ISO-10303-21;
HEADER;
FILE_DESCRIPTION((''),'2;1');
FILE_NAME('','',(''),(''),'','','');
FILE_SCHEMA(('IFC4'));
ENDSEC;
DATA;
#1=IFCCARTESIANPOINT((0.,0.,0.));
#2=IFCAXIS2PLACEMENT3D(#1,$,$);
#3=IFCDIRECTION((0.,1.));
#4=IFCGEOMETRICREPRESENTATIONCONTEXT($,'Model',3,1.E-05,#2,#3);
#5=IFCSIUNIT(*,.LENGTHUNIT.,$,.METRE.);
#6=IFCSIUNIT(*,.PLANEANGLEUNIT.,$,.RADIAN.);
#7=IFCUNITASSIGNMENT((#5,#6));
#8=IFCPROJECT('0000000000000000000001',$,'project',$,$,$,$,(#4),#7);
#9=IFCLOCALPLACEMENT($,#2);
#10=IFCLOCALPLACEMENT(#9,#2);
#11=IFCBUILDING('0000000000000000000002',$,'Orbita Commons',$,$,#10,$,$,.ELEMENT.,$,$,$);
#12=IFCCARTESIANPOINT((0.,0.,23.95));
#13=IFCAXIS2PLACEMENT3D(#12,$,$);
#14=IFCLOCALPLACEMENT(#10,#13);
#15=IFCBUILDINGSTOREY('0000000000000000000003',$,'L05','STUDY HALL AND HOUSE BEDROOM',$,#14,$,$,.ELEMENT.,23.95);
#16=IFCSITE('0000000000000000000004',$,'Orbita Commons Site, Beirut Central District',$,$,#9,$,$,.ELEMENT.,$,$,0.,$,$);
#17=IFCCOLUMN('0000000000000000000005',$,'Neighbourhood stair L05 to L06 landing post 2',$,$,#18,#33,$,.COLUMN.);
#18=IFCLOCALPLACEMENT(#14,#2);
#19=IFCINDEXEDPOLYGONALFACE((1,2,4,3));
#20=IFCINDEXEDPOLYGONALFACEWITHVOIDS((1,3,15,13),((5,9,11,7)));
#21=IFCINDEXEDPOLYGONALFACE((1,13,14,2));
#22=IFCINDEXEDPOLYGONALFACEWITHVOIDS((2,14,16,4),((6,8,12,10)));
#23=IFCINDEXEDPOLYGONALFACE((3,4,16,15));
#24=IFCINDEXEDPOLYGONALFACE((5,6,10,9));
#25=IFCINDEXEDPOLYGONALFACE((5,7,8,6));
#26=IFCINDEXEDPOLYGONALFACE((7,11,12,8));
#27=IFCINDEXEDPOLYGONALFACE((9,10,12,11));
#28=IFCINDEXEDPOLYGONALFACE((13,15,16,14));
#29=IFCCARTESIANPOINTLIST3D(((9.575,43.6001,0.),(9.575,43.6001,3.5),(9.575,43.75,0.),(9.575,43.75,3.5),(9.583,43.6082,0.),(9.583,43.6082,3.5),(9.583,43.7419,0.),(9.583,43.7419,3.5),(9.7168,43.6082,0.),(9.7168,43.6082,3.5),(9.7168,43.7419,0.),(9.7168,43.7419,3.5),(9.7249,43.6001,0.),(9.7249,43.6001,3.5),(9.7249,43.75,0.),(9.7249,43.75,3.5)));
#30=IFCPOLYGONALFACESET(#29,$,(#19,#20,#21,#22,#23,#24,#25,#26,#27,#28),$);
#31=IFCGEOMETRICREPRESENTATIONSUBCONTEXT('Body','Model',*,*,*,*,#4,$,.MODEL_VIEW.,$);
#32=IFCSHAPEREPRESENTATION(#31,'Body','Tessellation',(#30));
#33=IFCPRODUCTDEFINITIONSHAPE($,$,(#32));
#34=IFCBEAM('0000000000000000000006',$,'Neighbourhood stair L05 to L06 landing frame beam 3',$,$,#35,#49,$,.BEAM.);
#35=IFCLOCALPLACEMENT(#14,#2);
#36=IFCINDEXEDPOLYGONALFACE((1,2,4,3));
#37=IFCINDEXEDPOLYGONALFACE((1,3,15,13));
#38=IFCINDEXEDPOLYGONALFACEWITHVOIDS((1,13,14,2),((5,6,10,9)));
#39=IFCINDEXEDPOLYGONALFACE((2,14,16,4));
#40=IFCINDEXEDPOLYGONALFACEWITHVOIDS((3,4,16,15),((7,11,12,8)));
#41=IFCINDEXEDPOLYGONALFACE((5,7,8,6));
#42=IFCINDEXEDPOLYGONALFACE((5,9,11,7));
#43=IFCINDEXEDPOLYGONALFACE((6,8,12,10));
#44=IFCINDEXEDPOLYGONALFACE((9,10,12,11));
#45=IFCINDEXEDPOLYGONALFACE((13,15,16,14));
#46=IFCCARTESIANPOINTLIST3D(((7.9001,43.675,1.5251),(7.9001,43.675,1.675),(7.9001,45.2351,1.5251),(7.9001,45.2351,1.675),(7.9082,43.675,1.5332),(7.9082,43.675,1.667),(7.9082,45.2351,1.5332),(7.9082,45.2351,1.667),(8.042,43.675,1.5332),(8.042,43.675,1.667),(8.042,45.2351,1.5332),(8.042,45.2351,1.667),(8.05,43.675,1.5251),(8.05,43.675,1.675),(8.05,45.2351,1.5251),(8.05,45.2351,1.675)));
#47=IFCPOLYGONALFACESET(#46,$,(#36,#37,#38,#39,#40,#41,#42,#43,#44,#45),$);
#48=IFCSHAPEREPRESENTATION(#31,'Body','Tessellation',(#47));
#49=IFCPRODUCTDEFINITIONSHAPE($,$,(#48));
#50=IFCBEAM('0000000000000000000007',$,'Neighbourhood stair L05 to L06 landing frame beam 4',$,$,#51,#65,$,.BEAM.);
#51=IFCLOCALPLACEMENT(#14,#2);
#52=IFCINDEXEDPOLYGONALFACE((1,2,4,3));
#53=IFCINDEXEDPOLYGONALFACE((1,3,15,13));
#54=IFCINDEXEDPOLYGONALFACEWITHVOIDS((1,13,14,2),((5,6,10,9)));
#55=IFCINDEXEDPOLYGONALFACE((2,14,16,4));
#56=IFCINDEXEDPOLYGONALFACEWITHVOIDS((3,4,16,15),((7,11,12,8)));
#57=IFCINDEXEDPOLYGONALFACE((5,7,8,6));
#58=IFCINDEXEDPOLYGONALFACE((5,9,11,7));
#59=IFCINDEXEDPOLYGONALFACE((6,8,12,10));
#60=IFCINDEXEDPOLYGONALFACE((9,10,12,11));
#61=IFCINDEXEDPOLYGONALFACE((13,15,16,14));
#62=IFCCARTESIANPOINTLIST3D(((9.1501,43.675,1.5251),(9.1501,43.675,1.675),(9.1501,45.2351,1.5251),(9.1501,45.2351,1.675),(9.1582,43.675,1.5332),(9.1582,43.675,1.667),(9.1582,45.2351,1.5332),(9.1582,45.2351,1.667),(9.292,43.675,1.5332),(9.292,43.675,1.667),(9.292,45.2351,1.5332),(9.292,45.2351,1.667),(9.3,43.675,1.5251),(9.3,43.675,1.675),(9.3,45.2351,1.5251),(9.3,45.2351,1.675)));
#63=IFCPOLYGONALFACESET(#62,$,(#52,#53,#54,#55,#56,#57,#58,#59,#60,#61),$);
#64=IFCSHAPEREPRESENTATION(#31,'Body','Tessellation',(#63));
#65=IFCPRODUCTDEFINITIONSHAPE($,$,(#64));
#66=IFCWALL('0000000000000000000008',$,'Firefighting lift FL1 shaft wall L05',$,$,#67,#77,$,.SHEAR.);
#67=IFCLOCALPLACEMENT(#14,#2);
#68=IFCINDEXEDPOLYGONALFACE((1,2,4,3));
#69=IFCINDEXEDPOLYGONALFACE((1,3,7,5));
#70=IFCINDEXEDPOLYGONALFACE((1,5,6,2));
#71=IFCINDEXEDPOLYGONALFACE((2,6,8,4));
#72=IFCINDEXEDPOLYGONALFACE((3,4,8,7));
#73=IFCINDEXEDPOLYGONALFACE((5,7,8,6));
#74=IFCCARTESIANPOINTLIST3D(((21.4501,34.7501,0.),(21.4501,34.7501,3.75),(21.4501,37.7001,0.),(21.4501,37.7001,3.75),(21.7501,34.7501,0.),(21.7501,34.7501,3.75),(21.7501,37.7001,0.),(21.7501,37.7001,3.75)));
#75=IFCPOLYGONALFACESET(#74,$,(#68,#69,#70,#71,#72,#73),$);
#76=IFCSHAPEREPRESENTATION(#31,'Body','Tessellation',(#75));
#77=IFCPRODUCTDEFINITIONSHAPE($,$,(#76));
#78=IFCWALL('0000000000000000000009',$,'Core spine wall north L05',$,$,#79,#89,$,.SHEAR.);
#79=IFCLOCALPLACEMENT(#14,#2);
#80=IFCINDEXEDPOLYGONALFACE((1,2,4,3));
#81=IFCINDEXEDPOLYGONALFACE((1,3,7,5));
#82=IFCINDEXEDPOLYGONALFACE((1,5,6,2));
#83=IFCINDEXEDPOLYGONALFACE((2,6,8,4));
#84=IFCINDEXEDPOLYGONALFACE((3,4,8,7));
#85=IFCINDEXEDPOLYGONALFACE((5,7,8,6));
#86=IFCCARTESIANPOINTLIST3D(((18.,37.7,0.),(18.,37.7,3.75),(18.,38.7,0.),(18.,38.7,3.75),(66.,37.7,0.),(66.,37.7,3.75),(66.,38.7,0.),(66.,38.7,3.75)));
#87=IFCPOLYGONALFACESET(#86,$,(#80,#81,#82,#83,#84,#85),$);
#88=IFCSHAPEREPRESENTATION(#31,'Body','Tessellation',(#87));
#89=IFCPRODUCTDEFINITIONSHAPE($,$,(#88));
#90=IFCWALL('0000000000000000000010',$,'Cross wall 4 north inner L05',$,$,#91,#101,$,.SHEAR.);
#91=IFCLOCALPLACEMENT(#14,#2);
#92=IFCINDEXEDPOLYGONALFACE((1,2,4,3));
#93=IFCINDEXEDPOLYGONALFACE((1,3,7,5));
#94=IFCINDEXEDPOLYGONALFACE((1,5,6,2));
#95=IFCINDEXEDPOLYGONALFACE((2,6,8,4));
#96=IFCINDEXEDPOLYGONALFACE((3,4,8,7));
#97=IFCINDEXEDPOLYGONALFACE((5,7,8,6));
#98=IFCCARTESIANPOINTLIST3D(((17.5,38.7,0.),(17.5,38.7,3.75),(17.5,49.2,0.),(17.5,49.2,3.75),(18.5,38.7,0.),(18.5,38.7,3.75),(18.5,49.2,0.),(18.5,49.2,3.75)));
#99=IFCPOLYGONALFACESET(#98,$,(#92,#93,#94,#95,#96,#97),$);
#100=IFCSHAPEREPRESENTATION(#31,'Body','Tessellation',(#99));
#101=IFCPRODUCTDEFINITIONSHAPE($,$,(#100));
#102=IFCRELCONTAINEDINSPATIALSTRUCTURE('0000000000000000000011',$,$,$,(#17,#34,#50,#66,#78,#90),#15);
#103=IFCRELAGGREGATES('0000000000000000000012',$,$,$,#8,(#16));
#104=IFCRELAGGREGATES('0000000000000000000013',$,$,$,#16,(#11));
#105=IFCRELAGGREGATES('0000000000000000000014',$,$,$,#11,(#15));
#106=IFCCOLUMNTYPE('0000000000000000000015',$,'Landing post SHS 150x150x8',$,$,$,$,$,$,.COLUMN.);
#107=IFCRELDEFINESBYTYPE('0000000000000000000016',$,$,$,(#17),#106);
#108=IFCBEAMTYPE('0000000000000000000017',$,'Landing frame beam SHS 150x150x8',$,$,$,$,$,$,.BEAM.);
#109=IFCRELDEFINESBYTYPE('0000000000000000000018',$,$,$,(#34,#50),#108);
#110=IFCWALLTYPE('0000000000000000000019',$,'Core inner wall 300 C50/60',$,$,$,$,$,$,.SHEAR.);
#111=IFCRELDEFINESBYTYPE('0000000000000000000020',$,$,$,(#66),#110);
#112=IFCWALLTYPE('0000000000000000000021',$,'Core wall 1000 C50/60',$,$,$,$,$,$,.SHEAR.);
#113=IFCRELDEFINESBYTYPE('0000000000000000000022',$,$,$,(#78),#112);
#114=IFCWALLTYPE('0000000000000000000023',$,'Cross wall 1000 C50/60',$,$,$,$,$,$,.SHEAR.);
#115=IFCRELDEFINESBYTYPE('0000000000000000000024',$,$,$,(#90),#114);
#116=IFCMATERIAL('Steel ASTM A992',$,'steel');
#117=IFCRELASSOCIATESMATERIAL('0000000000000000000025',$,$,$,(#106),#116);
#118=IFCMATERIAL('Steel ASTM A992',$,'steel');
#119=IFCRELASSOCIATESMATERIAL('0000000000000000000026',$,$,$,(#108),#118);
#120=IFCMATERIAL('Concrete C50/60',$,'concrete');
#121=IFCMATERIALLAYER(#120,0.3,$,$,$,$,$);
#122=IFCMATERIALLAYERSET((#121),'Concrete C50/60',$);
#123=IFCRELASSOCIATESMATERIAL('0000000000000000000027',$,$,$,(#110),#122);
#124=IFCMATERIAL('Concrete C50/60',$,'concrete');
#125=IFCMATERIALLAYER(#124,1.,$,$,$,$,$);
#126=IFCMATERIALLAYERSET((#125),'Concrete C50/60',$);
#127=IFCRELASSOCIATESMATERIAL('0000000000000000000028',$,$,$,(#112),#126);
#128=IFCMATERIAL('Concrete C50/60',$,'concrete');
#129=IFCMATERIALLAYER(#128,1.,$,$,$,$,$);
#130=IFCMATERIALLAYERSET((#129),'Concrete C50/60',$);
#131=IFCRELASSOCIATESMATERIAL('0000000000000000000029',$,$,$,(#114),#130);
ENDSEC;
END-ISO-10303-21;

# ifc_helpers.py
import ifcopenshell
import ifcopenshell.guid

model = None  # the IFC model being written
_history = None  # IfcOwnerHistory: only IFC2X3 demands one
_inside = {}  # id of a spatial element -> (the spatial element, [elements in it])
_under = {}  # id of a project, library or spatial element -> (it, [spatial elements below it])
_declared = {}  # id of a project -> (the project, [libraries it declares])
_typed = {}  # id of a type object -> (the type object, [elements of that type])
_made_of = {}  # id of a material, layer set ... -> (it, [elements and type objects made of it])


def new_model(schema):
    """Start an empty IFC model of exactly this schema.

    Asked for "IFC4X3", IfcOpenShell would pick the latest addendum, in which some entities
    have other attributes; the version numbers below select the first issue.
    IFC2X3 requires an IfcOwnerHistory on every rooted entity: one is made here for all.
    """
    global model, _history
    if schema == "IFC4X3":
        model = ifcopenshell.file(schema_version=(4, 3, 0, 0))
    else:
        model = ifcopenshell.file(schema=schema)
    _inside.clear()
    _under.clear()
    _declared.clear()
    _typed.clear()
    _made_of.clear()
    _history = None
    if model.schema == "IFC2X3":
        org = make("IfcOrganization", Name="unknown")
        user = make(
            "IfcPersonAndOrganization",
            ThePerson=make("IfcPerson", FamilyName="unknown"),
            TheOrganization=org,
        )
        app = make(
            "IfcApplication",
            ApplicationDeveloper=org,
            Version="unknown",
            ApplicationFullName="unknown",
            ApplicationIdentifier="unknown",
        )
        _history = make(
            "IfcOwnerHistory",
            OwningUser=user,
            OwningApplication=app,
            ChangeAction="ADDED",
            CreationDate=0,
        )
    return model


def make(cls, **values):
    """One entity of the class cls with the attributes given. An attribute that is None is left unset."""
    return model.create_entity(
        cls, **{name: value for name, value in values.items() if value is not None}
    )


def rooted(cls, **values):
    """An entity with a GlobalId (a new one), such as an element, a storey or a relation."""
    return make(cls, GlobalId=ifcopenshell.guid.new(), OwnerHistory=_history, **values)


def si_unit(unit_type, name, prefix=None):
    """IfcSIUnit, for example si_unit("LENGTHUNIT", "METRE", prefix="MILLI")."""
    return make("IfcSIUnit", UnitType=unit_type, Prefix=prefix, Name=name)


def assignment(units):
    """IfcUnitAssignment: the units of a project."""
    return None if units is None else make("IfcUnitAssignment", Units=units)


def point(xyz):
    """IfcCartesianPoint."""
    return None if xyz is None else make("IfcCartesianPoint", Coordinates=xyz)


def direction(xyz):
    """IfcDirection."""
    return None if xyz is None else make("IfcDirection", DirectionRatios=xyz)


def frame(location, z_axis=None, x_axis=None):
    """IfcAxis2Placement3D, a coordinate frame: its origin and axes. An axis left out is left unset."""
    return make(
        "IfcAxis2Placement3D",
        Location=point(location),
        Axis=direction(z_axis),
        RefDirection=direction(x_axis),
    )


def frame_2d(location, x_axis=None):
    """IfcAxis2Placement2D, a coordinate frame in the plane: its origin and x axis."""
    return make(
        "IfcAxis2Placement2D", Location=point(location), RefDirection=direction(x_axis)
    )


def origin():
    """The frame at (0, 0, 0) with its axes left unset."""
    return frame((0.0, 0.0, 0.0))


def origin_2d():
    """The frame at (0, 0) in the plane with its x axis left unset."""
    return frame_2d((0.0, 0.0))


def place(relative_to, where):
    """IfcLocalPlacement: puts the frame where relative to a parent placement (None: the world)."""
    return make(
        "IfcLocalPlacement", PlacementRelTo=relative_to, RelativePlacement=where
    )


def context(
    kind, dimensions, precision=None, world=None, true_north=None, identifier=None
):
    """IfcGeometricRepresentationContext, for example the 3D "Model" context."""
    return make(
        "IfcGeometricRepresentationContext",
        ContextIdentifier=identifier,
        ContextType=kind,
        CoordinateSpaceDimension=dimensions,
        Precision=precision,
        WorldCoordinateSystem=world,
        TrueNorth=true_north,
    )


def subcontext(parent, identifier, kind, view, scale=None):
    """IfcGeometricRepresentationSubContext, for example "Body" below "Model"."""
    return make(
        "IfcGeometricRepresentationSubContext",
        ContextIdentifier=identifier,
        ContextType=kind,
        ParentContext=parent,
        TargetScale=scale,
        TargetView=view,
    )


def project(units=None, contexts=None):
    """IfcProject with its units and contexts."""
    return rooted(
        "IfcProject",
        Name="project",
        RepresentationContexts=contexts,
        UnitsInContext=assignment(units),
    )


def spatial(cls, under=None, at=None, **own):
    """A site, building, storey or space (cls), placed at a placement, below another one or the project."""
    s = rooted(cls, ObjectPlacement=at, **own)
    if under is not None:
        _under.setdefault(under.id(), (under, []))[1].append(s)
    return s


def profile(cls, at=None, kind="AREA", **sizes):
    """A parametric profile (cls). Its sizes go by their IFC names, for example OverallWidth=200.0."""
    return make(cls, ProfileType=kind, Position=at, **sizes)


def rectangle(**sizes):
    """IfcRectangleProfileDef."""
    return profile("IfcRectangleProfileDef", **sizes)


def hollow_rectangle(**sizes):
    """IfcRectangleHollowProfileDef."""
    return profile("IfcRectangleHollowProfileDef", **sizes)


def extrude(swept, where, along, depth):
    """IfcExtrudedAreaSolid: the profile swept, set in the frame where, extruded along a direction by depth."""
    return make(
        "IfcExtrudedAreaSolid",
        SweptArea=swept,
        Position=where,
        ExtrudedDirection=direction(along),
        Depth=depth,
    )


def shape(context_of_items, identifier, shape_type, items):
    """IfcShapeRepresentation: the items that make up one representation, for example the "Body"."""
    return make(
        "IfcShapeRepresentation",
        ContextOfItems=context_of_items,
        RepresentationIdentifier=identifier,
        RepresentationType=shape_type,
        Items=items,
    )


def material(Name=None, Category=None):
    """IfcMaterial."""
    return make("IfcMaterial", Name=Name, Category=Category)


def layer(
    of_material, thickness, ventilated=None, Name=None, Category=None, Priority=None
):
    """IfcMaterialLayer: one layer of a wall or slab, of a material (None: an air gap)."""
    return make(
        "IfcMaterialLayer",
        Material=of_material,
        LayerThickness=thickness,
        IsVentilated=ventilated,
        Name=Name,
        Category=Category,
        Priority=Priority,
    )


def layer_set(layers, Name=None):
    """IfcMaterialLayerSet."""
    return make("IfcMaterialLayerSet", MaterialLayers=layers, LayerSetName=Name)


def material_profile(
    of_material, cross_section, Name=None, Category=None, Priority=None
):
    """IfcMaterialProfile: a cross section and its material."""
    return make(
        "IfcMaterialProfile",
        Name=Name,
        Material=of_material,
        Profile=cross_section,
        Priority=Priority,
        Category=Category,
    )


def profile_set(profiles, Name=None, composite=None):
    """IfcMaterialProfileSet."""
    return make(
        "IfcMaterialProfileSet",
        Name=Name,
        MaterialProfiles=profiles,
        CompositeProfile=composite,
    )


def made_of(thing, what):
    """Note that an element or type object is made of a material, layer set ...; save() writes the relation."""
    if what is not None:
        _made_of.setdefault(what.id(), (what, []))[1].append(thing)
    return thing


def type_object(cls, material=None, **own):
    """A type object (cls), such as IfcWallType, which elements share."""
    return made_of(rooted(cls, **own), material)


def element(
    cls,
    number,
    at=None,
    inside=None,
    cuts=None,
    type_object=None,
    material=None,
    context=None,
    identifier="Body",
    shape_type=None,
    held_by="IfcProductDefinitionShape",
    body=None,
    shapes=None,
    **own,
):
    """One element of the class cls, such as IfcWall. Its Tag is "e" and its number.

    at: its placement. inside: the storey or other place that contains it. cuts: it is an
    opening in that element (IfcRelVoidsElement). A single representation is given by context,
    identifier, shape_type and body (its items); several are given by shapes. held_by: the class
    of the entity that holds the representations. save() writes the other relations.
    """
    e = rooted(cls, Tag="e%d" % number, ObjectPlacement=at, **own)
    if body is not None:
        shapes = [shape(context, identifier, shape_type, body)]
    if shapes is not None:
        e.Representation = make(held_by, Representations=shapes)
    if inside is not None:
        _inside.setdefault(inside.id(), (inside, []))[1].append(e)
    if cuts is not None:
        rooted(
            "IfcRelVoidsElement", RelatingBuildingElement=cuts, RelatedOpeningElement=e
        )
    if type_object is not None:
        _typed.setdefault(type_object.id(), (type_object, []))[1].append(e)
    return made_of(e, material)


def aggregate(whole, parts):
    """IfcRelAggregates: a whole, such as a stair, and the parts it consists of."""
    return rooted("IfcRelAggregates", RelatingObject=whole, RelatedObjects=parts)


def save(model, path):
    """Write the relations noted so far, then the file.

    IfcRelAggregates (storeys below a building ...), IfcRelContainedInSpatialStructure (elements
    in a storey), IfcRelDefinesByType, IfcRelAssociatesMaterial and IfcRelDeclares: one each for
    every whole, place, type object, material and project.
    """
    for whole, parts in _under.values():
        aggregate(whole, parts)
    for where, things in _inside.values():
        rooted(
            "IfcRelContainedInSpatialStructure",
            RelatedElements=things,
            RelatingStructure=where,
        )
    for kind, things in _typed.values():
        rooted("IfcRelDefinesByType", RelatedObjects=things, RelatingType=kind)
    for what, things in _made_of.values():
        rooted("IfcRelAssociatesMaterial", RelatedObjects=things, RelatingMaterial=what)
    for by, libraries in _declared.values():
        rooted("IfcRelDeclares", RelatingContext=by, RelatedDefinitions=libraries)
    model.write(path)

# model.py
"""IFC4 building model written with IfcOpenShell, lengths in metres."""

from ifc_helpers import new_model, si_unit, direction, frame, frame_2d, origin, origin_2d, place, context, subcontext, project, spatial, rectangle, hollow_rectangle, extrude, material, layer, layer_set, material_profile, profile_set, type_object, element, save


model = new_model("IFC4")

# Units and contexts
model_context = context("Model", 3, precision=1e-05, world=origin(), true_north=direction((0.0, 1.0)))
body_context = subcontext(model_context, "Body", "Model", "MODEL_VIEW")
ifc_project = project(units=[si_unit("LENGTHUNIT", "METRE"), si_unit("PLANEANGLEUNIT", "RADIAN")], contexts=[model_context])

# Site, building, storey
site_placement = place(None, origin())
site = spatial("IfcSite", under=ifc_project, at=site_placement, Name="Orbita Commons Site, Beirut Central District", CompositionType="ELEMENT", RefElevation=0.0)
building_placement = place(site_placement, origin())
building = spatial("IfcBuilding", under=site, at=building_placement, Name="Orbita Commons", CompositionType="ELEMENT")
storey_placement = place(building_placement, frame((0.0, 0.0, 23.95)))
storey = spatial("IfcBuildingStorey", under=building, at=storey_placement, Name="L05", Description="STUDY HALL AND HOUSE BEDROOM", CompositionType="ELEMENT", Elevation=23.95)

# Column
ifc_material_1 = material(Name="Steel ASTM A992", Category="steel")
ifc_material_profile_1 = material_profile(ifc_material_1, hollow_rectangle(XDim=0.1499, YDim=0.1499, WallThickness=0.0081, at=origin_2d()), Name="SHS 150x150x8")
ifc_profile_set_1 = profile_set([ifc_material_profile_1], Name="Steel ASTM A992")
column_type = type_object("IfcColumnType", Name="Landing post SHS 150x150x8", PredefinedType="COLUMN", material=ifc_profile_set_1)
column_placement = place(storey_placement, frame((9.6499, 43.675, 0.0), z_axis=(0.0, 0.0, 1.0), x_axis=(1.0, 0.0, 0.0)))
element("IfcColumn", 1, at=column_placement, inside=storey, type_object=column_type, Name="Neighbourhood stair L05 to L06 landing post 2", PredefinedType="COLUMN", context=body_context, shape_type="SweptSolid", body=[
    extrude(hollow_rectangle(XDim=0.1499, YDim=0.1499, WallThickness=0.0081, at=origin_2d()), origin(), (0.0, 0.0, 1.0), 3.5),
])

# Beams
ifc_material_2 = material(Name="Steel ASTM A992", Category="steel")
ifc_material_profile_2 = material_profile(ifc_material_2, hollow_rectangle(XDim=0.1499, YDim=0.1499, WallThickness=0.0081, at=origin_2d()), Name="SHS 150x150x8")
ifc_profile_set_2 = profile_set([ifc_material_profile_2], Name="Steel ASTM A992")
beam_type = type_object("IfcBeamType", Name="Landing frame beam SHS 150x150x8", PredefinedType="BEAM", material=ifc_profile_set_2)
for number, where, z_axis, x_axis, name in (
    (2, (7.9751, 43.675, 1.6001), (0.0, 1.0, 0.0), (-1.0, 0.0, 0.0), "Neighbourhood stair L05 to L06 landing frame beam 3"),
    (3, (9.2251, 43.675, 1.6001), (0.0, 1.0, 0.0), (-1.0, 0.0, 0.0), "Neighbourhood stair L05 to L06 landing frame beam 4"),
):
    element("IfcBeam", number, at=place(storey_placement, frame(where, z_axis=z_axis, x_axis=x_axis)), inside=storey, type_object=beam_type, Name=name, PredefinedType="BEAM", context=body_context, shape_type="SweptSolid", body=[
        extrude(hollow_rectangle(XDim=0.1499, YDim=0.1499, WallThickness=0.0081, at=origin_2d()), origin(), (0.0, 0.0, 1.0), 1.5601),
    ])

# Shared definitions
ifc_material_3 = material(Name="Concrete C50/60", Category="concrete")
ifc_layer_1 = layer(ifc_material_3, 0.3)
ifc_layer_set_1 = layer_set([ifc_layer_1], Name="Concrete C50/60")
wall_type_1 = type_object("IfcWallType", Name="Core inner wall 300 C50/60", PredefinedType="SHEAR", material=ifc_layer_set_1)

# Walls
wall_1_placement = place(storey_placement, frame((21.6001, 34.75, 0.0), z_axis=(0.0, 0.0, 1.0), x_axis=(0.0, 1.0, 0.0)))
element("IfcWall", 4, at=wall_1_placement, inside=storey, type_object=wall_type_1, Name="Firefighting lift FL1 shaft wall L05", PredefinedType="SHEAR", context=body_context, shape_type="SweptSolid", body=[
    extrude(rectangle(XDim=2.95, YDim=0.3, at=frame_2d((1.4751, 0.0))), origin(), (0.0, 0.0, 1.0), 3.75),
])
ifc_material_4 = material(Name="Concrete C50/60", Category="concrete")
ifc_layer_2 = layer(ifc_material_4, 1.0)
ifc_layer_set_2 = layer_set([ifc_layer_2], Name="Concrete C50/60")
wall_type_2 = type_object("IfcWallType", Name="Core wall 1000 C50/60", PredefinedType="SHEAR", material=ifc_layer_set_2)
wall_2_placement = place(storey_placement, frame((18.0, 38.2, 0.0), z_axis=(0.0, 0.0, 1.0), x_axis=(1.0, 0.0, 0.0)))
element("IfcWall", 5, at=wall_2_placement, inside=storey, type_object=wall_type_2, Name="Core spine wall north L05", PredefinedType="SHEAR", context=body_context, shape_type="SweptSolid", body=[
    extrude(rectangle(XDim=48.0, YDim=1.0, at=frame_2d((24.0, 0.0))), origin(), (0.0, 0.0, 1.0), 3.75),
])
ifc_material_5 = material(Name="Concrete C50/60", Category="concrete")
ifc_layer_3 = layer(ifc_material_5, 1.0)
ifc_layer_set_3 = layer_set([ifc_layer_3], Name="Concrete C50/60")
wall_type_3 = type_object("IfcWallType", Name="Cross wall 1000 C50/60", PredefinedType="SHEAR", material=ifc_layer_set_3)
wall_3_placement = place(storey_placement, frame((18.0, 38.7, 0.0), z_axis=(0.0, 0.0, 1.0), x_axis=(0.0, 1.0, 0.0)))
element("IfcWall", 6, at=wall_3_placement, inside=storey, type_object=wall_type_3, Name="Cross wall 4 north inner L05", PredefinedType="SHEAR", context=body_context, shape_type="SweptSolid", body=[
    extrude(rectangle(XDim=10.5, YDim=1.0, at=frame_2d((5.25, 0.0))), origin(), (0.0, 0.0, 1.0), 3.75),
])

save(model, "model.ifc")
